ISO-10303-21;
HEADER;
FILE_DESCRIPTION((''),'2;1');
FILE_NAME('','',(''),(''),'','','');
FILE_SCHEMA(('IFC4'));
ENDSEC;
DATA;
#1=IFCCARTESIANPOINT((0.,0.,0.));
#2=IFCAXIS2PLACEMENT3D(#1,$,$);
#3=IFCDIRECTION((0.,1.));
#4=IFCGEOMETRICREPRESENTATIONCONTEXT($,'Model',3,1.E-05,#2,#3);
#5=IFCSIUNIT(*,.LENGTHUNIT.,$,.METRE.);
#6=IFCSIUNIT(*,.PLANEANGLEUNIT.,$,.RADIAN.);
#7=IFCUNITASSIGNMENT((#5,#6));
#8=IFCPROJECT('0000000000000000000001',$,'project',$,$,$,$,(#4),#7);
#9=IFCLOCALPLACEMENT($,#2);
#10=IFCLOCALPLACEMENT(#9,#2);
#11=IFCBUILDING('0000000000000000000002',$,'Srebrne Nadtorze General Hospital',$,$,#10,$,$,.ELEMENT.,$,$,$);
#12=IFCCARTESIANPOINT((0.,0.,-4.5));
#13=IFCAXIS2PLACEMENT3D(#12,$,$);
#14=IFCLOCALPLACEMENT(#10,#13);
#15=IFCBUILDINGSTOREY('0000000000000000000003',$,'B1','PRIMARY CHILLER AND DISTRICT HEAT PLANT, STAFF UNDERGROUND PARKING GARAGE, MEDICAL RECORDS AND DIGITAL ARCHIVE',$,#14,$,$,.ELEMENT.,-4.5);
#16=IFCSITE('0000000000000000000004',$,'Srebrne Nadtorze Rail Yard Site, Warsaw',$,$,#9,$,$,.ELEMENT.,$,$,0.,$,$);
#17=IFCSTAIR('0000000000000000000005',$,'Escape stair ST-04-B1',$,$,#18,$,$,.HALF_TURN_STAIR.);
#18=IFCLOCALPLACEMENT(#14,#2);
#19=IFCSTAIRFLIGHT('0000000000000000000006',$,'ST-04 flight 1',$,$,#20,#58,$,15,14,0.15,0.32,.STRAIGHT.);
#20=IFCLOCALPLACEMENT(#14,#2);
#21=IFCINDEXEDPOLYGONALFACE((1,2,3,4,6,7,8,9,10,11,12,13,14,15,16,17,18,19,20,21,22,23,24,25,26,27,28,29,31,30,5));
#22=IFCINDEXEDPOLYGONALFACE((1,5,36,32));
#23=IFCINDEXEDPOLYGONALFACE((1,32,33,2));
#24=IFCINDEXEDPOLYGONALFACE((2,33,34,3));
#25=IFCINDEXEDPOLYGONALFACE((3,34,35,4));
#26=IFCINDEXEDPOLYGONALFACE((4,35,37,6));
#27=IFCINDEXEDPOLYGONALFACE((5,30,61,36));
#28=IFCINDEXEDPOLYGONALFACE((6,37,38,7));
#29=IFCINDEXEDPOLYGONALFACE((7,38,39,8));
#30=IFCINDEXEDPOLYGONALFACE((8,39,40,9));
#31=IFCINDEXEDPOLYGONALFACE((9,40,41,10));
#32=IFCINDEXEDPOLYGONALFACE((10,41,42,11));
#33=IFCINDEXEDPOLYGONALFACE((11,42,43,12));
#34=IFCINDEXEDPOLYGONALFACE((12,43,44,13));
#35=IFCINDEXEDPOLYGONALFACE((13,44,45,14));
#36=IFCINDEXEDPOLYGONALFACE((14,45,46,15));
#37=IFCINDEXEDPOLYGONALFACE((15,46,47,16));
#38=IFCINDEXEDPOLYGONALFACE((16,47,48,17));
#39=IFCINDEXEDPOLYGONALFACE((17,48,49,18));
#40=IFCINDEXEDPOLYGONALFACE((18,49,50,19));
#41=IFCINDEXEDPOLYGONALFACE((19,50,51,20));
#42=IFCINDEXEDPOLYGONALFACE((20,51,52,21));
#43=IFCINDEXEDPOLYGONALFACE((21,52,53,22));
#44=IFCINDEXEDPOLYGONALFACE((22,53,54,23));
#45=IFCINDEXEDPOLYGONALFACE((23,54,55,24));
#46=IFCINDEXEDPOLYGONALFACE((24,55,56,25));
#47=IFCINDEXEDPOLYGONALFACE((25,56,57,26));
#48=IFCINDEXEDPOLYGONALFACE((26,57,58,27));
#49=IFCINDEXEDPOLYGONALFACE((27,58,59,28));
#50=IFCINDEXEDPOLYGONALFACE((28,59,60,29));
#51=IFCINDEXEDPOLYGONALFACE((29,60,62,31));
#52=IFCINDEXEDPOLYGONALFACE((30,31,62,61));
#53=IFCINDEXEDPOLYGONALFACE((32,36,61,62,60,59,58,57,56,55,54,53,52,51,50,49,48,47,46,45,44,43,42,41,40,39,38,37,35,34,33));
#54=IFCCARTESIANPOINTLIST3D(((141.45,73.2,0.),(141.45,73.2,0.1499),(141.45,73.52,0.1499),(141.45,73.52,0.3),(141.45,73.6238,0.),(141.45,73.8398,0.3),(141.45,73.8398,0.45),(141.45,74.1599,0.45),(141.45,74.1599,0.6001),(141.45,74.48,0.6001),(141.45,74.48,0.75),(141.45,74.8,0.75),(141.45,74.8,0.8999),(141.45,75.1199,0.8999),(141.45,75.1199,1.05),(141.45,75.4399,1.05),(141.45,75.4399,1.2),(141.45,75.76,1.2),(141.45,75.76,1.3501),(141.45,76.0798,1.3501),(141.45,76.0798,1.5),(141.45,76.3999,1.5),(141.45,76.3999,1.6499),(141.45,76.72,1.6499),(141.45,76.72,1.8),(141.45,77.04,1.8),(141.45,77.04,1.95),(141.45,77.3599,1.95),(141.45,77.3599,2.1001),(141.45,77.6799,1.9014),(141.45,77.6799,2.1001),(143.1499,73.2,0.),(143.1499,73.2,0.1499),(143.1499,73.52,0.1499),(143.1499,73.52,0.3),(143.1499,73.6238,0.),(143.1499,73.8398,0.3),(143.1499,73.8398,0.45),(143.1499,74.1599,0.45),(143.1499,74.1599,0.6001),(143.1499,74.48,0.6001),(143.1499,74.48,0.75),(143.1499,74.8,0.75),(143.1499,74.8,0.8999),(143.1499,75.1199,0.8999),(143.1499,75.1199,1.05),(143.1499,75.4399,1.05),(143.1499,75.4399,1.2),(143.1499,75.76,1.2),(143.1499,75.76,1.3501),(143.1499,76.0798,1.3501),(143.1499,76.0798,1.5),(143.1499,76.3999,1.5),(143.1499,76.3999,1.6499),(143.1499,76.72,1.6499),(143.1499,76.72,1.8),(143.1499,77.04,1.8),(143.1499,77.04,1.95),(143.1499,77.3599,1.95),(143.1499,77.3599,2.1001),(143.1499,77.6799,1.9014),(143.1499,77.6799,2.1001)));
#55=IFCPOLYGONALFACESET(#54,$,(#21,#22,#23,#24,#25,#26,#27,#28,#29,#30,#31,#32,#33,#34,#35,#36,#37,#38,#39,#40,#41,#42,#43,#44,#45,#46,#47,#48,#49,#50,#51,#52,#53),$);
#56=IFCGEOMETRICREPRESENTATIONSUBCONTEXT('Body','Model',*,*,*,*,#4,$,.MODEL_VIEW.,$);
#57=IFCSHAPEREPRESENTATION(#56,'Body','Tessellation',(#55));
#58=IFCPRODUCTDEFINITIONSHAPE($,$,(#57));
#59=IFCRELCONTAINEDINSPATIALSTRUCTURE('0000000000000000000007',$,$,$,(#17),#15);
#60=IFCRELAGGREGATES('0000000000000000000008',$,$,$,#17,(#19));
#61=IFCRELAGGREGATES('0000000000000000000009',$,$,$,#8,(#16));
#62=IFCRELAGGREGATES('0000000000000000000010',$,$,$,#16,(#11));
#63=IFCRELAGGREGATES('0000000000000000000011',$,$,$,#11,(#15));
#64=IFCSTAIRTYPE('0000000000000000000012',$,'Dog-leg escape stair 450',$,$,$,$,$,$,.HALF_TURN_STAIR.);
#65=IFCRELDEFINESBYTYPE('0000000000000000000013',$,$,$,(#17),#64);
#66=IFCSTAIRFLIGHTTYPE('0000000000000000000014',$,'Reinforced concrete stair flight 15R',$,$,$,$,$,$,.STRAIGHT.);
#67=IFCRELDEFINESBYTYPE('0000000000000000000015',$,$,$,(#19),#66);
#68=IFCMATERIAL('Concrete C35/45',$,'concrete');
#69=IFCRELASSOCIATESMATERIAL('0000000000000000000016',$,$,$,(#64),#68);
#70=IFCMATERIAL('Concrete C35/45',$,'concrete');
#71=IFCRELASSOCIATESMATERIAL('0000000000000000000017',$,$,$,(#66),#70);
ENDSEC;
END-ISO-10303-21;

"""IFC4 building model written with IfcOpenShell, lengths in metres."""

from ifc_helpers import new_model, si_unit, direction, frame, origin, place, context, subcontext, project, spatial, polyline, outline, extrude, material, type_object, element, aggregate, save


model = new_model("IFC4")

# Units and contexts
model_context = context("Model", 3, precision=1e-05, world=origin(), true_north=direction((0.0, 1.0)))
body_context = subcontext(model_context, "Body", "Model", "MODEL_VIEW")
ifc_project = project(units=[si_unit("LENGTHUNIT", "METRE"), si_unit("PLANEANGLEUNIT", "RADIAN")], contexts=[model_context])

# Site, building, storey
site_placement = place(None, origin())
site = spatial("IfcSite", under=ifc_project, at=site_placement, Name="Srebrne Nadtorze Rail Yard Site, Warsaw", CompositionType="ELEMENT", RefElevation=0.0)
building_placement = place(site_placement, origin())
building = spatial("IfcBuilding", under=site, at=building_placement, Name="Srebrne Nadtorze General Hospital", CompositionType="ELEMENT")
storey_placement = place(building_placement, frame((0.0, 0.0, -4.5)))
storey = spatial("IfcBuildingStorey", under=building, at=storey_placement, Name="B1", Description="PRIMARY CHILLER AND DISTRICT HEAT PLANT, STAFF UNDERGROUND PARKING GARAGE, MEDICAL RECORDS AND DIGITAL ARCHIVE", CompositionType="ELEMENT", Elevation=-4.5)

# Stair, stair flight
ifc_material_1 = material(Name="Concrete C35/45", Category="concrete")
stair_type = type_object("IfcStairType", Name="Dog-leg escape stair 450", PredefinedType="HALF_TURN_STAIR", material=ifc_material_1)
stair_placement = place(storey_placement, origin())
stair = element("IfcStair", 1, at=stair_placement, inside=storey, type_object=stair_type, Name="Escape stair ST-04-B1", PredefinedType="HALF_TURN_STAIR")
ifc_material_2 = material(Name="Concrete C35/45", Category="concrete")
stair_flight_type = type_object("IfcStairFlightType", Name="Reinforced concrete stair flight 15R", PredefinedType="STRAIGHT", material=ifc_material_2)
stair_flight_placement = place(storey_placement, frame((142.3, 73.2, 0.0), z_axis=(0.0, 0.0, 1.0), x_axis=(0.0, 1.0, 0.0)))
stair_flight = element("IfcStairFlight", 2, at=stair_flight_placement, type_object=stair_flight_type, Name="ST-04 flight 1", NumberOfRisers=15, NumberOfTreads=14, PredefinedType="STRAIGHT", RiserHeight=0.15, TreadLength=0.32, context=body_context, shape_type="SweptSolid", body=[
    extrude(outline(polyline([(0.0, 0.0), (0.0, 0.1499), (0.3201, 0.1499), (0.3201, 0.3), (0.6399, 0.3), (0.6399, 0.45), (0.96, 0.45), (0.96, 0.6001), (1.28, 0.6001), (1.28, 0.75), (1.6001, 0.75), (1.6001, 0.8999), (1.9199, 0.8999), (1.9199, 1.05), (2.24, 1.05), (2.24, 1.2), (2.5601, 1.2), (2.5601, 1.3501), (2.8799, 1.3501), (2.8799, 1.5), (3.2, 1.5), (3.2, 1.6499), (3.52, 1.6499), (3.52, 1.8), (3.8401, 1.8), (3.8401, 1.95), (4.1599, 1.95), (4.1599, 2.1001), (4.48, 2.1001), (4.48, 2.25), (4.48, 1.9014), (0.4238, 0.0), (0.0, 0.0)])), frame((0.0, 0.8501, 0.0), z_axis=(0.0, -1.0, 0.0), x_axis=(1.0, 0.0, 0.0)), (0.0, 0.0, 1.0), 1.7),
])
aggregate(stair, [stair_flight])

save(model, "model.ifc")
